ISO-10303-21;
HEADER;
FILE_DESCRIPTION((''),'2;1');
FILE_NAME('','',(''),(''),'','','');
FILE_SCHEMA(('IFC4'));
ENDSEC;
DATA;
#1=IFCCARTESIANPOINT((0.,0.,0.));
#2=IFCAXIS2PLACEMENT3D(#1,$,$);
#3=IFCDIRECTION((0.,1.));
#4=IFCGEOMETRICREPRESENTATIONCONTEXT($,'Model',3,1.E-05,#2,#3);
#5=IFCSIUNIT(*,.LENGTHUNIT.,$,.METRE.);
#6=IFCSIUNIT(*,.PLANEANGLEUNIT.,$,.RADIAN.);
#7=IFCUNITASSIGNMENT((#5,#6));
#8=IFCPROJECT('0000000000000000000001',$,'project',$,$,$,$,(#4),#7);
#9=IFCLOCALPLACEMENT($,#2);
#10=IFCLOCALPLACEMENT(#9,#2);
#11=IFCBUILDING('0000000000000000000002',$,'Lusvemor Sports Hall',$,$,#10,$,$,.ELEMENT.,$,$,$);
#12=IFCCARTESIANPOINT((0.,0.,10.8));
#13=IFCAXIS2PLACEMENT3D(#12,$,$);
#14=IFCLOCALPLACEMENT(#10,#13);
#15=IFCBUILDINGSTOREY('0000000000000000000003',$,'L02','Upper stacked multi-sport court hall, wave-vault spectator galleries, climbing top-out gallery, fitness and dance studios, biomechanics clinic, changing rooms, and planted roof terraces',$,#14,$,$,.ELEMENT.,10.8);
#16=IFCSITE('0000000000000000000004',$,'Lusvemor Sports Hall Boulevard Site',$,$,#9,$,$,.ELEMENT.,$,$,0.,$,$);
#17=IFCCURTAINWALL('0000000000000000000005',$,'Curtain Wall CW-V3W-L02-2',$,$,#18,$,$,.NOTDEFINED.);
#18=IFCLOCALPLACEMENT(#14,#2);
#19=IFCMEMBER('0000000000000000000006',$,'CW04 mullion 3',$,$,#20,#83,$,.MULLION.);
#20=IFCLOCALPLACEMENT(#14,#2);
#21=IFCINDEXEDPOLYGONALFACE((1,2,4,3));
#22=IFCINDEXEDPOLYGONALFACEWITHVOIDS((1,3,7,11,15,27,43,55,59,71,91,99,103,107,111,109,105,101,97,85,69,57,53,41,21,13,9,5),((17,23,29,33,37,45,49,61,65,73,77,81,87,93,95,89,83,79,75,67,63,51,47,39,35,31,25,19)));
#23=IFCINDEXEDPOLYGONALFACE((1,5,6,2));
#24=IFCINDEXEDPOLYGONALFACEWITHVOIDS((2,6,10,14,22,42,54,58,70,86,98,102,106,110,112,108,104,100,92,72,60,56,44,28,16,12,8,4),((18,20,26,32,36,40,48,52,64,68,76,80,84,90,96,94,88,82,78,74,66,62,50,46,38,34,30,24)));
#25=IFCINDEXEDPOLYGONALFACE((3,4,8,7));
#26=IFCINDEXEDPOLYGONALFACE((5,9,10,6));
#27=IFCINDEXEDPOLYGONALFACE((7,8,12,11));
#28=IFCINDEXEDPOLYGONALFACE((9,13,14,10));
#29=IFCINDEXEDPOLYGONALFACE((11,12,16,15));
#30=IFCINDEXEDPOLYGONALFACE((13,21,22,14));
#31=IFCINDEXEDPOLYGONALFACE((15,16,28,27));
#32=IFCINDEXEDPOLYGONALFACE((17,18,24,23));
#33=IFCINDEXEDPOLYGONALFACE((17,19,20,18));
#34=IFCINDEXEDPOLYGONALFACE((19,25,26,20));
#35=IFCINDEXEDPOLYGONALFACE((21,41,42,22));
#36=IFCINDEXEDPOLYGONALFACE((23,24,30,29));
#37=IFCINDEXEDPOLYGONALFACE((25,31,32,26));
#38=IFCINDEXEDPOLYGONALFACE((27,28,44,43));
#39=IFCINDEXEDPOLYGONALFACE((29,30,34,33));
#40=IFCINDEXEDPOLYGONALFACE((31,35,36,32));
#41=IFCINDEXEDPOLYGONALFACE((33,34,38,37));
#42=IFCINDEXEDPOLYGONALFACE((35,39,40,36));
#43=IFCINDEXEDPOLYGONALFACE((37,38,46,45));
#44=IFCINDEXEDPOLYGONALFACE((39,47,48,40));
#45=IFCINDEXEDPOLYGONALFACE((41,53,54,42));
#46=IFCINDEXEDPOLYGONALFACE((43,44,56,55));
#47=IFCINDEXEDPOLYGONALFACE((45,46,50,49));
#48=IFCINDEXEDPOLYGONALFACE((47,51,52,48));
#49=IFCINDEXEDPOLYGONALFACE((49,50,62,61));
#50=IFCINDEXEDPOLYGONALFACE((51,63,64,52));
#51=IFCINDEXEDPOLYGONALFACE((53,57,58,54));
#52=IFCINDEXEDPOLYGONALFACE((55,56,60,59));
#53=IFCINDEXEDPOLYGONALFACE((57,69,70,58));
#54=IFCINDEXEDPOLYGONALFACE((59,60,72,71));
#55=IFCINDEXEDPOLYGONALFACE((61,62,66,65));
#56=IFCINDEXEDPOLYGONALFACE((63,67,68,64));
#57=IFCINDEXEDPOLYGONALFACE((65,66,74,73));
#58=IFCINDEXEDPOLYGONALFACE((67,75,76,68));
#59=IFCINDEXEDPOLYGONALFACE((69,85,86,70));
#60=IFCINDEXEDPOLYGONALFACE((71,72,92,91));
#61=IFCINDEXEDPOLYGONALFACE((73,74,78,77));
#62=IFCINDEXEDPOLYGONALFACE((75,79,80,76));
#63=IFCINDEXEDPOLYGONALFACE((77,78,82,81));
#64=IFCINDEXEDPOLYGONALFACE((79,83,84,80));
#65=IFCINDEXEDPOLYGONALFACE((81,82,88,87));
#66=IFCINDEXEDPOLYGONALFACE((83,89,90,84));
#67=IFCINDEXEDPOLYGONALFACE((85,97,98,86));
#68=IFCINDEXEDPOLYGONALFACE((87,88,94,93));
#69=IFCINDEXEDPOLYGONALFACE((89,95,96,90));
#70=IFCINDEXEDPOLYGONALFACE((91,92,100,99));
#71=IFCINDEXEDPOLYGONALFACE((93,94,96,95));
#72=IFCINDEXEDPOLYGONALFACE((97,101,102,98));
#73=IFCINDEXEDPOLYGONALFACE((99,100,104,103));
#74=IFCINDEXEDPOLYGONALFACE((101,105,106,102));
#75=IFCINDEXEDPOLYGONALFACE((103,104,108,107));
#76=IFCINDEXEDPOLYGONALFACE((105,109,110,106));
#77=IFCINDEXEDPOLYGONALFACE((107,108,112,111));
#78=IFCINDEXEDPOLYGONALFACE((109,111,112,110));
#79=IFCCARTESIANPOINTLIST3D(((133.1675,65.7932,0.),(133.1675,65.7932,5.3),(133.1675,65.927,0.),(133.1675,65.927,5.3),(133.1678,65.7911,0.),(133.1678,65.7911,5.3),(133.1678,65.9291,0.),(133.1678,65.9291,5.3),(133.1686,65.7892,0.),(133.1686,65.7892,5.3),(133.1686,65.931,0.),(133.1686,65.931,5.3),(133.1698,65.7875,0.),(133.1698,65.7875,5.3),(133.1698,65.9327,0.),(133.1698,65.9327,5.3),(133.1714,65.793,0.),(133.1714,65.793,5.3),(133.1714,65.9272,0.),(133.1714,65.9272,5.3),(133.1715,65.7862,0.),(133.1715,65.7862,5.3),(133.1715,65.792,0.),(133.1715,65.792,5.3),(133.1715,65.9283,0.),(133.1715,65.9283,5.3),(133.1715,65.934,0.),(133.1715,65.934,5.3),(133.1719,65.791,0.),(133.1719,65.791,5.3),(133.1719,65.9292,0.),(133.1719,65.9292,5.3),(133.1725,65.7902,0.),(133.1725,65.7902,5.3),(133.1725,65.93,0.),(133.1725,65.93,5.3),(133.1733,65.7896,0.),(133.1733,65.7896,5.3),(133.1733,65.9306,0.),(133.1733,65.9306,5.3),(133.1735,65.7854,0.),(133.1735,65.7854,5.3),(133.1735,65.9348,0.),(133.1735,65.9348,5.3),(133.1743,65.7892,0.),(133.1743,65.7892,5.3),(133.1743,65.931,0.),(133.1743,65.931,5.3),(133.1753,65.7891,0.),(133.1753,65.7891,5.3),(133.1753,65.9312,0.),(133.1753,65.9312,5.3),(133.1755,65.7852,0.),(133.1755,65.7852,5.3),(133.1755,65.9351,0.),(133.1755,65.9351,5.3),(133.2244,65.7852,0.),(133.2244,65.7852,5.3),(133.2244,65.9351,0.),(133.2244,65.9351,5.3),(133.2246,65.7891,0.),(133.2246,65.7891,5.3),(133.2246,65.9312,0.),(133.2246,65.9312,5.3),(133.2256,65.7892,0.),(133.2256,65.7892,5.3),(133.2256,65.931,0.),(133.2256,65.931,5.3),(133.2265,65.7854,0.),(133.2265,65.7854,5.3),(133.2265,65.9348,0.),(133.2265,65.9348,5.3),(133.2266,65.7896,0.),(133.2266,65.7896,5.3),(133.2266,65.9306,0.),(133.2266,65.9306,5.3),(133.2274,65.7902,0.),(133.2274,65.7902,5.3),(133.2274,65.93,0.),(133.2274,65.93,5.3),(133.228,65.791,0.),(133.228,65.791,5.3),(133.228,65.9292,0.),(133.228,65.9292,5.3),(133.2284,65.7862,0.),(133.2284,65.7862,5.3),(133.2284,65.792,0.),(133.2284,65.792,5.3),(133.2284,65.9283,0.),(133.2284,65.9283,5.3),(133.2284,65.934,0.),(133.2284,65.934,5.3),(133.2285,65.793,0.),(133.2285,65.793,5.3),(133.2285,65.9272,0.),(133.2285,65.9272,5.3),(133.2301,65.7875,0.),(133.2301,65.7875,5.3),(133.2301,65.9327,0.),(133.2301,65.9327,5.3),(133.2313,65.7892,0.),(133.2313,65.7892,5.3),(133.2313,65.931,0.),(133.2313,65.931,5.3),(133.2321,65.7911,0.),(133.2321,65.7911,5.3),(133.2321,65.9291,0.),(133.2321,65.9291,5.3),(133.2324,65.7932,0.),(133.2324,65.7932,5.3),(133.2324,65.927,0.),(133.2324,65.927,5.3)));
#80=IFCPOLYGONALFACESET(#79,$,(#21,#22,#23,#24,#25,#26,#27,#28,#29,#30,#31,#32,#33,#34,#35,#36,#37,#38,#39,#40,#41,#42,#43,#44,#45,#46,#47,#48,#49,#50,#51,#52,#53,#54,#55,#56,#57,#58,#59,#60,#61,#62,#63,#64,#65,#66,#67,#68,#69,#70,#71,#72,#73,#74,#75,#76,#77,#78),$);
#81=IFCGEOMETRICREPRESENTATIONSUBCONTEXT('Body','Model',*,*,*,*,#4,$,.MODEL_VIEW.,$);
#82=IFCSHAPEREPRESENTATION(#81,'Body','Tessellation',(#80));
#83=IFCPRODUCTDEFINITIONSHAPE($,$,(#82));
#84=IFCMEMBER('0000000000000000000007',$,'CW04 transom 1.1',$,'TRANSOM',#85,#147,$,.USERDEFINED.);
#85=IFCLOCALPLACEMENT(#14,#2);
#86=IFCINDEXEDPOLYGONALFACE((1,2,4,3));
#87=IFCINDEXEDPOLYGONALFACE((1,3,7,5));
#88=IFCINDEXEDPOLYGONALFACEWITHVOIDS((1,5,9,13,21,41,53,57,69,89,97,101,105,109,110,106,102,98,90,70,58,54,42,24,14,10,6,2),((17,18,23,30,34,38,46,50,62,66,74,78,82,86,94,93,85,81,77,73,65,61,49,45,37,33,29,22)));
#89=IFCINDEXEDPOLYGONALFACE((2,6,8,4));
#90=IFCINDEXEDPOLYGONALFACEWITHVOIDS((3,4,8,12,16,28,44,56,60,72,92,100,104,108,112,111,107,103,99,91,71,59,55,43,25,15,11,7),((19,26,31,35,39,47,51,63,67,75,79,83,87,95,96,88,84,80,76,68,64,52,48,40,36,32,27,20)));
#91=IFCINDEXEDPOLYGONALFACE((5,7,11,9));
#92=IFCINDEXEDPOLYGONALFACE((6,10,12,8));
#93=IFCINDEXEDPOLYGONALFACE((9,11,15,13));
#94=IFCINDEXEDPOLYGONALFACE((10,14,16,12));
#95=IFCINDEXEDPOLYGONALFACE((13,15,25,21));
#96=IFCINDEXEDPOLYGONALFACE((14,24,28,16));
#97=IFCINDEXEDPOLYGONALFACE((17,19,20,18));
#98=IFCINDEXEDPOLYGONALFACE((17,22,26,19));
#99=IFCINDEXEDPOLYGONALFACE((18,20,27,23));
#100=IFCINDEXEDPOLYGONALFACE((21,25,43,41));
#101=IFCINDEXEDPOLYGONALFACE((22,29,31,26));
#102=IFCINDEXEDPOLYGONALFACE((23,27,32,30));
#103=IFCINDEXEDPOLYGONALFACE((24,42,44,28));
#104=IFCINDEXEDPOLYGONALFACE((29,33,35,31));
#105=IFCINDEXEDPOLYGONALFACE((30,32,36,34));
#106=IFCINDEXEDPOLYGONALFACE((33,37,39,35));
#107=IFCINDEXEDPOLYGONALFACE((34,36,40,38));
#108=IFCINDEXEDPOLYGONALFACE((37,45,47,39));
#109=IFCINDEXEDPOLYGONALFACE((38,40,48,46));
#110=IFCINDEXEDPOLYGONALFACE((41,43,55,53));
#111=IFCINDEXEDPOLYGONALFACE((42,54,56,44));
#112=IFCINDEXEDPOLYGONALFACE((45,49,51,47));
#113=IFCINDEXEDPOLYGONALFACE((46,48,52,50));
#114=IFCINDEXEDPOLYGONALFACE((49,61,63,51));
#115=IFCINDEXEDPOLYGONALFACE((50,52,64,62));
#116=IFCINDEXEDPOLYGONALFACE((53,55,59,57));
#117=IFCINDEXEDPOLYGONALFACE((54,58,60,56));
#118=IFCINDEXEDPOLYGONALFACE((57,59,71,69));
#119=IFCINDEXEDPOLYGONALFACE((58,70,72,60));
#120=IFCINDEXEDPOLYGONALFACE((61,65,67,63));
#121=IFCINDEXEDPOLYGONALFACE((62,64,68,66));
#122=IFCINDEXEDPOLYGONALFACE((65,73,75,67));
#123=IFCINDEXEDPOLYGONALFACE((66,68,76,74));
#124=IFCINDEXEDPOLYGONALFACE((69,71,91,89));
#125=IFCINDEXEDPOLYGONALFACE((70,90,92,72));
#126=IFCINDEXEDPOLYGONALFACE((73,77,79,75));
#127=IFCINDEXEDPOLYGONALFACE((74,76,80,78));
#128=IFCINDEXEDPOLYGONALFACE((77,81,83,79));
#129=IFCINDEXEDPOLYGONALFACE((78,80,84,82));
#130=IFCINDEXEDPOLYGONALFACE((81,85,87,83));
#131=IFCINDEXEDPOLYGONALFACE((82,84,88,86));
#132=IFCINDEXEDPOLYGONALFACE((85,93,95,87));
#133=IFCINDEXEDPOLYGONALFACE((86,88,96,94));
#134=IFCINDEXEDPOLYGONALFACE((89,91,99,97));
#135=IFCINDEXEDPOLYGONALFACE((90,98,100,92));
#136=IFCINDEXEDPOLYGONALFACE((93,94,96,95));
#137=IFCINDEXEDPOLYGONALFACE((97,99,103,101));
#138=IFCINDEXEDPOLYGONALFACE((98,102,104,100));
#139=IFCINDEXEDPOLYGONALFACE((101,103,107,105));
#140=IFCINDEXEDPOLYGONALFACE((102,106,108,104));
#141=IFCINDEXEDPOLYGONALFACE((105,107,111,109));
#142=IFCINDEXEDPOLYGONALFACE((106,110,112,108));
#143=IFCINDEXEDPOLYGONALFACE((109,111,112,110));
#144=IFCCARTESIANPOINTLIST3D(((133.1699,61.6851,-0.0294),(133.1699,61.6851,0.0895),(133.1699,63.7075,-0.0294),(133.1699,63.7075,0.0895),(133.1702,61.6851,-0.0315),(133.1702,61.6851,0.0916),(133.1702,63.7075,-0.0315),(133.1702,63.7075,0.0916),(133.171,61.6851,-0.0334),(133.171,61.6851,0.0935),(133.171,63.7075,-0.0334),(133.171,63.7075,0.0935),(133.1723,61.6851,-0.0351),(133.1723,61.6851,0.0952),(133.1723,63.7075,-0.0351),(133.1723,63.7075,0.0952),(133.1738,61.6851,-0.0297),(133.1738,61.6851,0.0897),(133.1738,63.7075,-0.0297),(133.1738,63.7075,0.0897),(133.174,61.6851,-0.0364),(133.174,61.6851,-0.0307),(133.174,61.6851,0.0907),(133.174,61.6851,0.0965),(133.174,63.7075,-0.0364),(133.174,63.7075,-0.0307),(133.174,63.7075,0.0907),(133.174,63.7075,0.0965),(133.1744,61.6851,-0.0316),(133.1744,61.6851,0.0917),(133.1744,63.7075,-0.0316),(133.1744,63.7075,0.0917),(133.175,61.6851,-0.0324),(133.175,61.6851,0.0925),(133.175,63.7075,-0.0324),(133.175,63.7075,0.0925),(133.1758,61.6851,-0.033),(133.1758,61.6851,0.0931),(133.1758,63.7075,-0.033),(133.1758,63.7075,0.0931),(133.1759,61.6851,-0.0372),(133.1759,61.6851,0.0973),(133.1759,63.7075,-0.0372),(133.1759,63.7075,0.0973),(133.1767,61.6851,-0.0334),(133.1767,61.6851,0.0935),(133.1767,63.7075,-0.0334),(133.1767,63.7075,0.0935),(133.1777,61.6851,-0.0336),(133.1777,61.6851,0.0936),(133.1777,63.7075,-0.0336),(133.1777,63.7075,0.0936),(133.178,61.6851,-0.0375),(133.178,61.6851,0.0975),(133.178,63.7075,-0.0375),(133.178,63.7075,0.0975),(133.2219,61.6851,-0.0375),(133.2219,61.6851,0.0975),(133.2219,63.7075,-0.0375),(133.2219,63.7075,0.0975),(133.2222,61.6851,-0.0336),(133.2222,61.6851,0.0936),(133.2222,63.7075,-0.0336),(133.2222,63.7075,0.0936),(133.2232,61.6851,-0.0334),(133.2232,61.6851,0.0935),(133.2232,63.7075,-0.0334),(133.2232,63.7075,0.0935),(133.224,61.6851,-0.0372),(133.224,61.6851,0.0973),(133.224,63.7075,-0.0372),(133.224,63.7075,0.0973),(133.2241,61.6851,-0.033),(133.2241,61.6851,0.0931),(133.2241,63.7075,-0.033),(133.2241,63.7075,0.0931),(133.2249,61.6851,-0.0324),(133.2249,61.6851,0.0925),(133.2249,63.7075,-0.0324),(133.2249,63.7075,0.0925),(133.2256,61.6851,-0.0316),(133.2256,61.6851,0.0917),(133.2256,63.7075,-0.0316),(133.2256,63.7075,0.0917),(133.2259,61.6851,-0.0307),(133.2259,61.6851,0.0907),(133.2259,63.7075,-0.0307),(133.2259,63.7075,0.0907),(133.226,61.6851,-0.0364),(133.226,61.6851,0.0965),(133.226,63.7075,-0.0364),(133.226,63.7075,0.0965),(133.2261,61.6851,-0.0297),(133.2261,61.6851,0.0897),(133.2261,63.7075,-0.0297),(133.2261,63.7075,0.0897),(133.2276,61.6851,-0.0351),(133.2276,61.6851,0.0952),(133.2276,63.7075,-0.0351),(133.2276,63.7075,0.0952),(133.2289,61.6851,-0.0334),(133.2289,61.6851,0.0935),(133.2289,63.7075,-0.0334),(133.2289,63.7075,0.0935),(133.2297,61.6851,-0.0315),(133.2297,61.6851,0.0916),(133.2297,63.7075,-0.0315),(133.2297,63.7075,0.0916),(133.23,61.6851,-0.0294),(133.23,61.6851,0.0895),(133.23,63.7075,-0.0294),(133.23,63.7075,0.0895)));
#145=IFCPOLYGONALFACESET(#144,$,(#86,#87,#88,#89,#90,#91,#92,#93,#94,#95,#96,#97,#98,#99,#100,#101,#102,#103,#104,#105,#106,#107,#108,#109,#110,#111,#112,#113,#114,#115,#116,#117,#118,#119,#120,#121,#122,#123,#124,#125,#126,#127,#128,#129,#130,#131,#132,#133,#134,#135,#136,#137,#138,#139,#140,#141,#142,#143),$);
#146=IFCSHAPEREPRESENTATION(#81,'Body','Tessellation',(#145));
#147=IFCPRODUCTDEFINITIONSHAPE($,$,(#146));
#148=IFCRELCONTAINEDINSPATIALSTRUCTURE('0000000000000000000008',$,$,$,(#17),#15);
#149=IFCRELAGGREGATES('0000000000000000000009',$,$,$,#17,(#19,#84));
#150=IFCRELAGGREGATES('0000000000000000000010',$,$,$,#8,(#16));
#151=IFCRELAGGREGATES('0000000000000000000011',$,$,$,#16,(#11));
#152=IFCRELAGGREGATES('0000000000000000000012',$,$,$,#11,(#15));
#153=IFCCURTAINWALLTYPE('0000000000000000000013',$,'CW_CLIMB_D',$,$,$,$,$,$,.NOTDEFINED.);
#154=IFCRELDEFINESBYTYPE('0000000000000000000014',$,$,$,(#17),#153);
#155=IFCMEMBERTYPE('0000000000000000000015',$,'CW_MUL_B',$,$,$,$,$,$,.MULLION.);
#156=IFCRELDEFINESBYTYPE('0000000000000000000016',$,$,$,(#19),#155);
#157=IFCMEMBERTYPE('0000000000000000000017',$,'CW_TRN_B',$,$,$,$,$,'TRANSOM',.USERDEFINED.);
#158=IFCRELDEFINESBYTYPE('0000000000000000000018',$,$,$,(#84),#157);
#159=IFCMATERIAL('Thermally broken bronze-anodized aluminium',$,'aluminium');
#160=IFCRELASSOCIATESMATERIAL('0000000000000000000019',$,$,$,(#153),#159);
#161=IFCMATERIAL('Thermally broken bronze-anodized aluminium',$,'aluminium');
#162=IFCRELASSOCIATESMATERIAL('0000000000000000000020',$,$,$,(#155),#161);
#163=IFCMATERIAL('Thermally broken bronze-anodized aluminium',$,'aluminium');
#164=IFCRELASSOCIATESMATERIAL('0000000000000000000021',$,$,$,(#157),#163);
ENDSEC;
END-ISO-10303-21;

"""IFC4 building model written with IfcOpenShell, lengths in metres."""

from ifc_helpers import new_model, si_unit, direction, frame, origin, origin_2d, place, context, subcontext, project, spatial, hollow_rectangle, extrude, material, material_profile, profile_set, type_object, element, aggregate, save


model = new_model("IFC4")

# Units and contexts
model_context = context("Model", 3, precision=1e-05, world=origin(), true_north=direction((0.0, 1.0)))
body_context = subcontext(model_context, "Body", "Model", "MODEL_VIEW")
ifc_project = project(units=[si_unit("LENGTHUNIT", "METRE"), si_unit("PLANEANGLEUNIT", "RADIAN")], contexts=[model_context])

# Site, building, storey
site_placement = place(None, origin())
site = spatial("IfcSite", under=ifc_project, at=site_placement, Name="Lusvemor Sports Hall Boulevard Site", CompositionType="ELEMENT", RefElevation=0.0)
building_placement = place(site_placement, origin())
building = spatial("IfcBuilding", under=site, at=building_placement, Name="Lusvemor Sports Hall", CompositionType="ELEMENT")
storey_placement = place(building_placement, frame((0.0, 0.0, 10.8)))
storey = spatial("IfcBuildingStorey", under=building, at=storey_placement, Name="L02", Description="Upper stacked multi-sport court hall, wave-vault spectator galleries, climbing top-out gallery, fitness and dance studios, biomechanics clinic, changing rooms, and planted roof terraces", CompositionType="ELEMENT", Elevation=10.8)

# Curtain wall, members
ifc_material_1 = material(Name="Thermally broken bronze-anodized aluminium", Category="aluminium")
curtain_wall_type = type_object("IfcCurtainWallType", Name="CW_CLIMB_D", PredefinedType="NOTDEFINED", material=ifc_material_1)
curtain_wall_placement = place(storey_placement, origin())
curtain_wall = element("IfcCurtainWall", 1, at=curtain_wall_placement, inside=storey, type_object=curtain_wall_type, Name="Curtain Wall CW-V3W-L02-2", PredefinedType="NOTDEFINED")
ifc_material_2 = material(Name="Thermally broken bronze-anodized aluminium", Category="aluminium")
ifc_material_profile_1 = material_profile(ifc_material_2, hollow_rectangle(XDim=0.0649, YDim=0.1499, WallThickness=0.0039, InnerFilletRadius=0.0039, OuterFilletRadius=0.0081, at=origin_2d()), Name="CWMUL150x65x4")
ifc_profile_set_1 = profile_set([ifc_material_profile_1], Name="Thermally broken bronze-anodized aluminium")
member_type_1 = type_object("IfcMemberType", Name="CW_MUL_B", PredefinedType="MULLION", material=ifc_profile_set_1)
member_1_placement = place(storey_placement, frame((133.2, 65.8601, 0.0), z_axis=(0.0, 0.0, 1.0), x_axis=(-1.0, 0.0, 0.0)))
member_1 = element("IfcMember", 2, at=member_1_placement, type_object=member_type_1, Name="CW04 mullion 3", PredefinedType="MULLION", context=body_context, shape_type="SweptSolid", body=[
    extrude(hollow_rectangle(XDim=0.0649, YDim=0.1499, WallThickness=0.0039, InnerFilletRadius=0.0039, OuterFilletRadius=0.0081, at=origin_2d()), origin(), (0.0, 0.0, 1.0), 5.3),
])
ifc_material_3 = material(Name="Thermally broken bronze-anodized aluminium", Category="aluminium")
ifc_material_profile_2 = material_profile(ifc_material_3, hollow_rectangle(XDim=0.0601, YDim=0.135, WallThickness=0.0039, InnerFilletRadius=0.0039, OuterFilletRadius=0.0081, at=origin_2d()), Name="CWTRN135x60x4")
ifc_profile_set_2 = profile_set([ifc_material_profile_2], Name="Thermally broken bronze-anodized aluminium")
member_type_2 = type_object("IfcMemberType", Name="CW_TRN_B", ElementType="TRANSOM", PredefinedType="USERDEFINED", material=ifc_profile_set_2)
member_2_placement = place(storey_placement, frame((133.2, 61.6851, 0.03), z_axis=(0.0, 1.0, 0.0), x_axis=(-1.0, 0.0, 0.0)))
member_2 = element("IfcMember", 3, at=member_2_placement, type_object=member_type_2, Name="CW04 transom 1.1", ObjectType="TRANSOM", PredefinedType="USERDEFINED", context=body_context, shape_type="SweptSolid", body=[
    extrude(hollow_rectangle(XDim=0.0601, YDim=0.135, WallThickness=0.0039, InnerFilletRadius=0.0039, OuterFilletRadius=0.0081, at=origin_2d()), origin(), (0.0, 0.0, 1.0), 2.0225),
])

aggregate(curtain_wall, [member_1, member_2])

save(model, "model.ifc")
